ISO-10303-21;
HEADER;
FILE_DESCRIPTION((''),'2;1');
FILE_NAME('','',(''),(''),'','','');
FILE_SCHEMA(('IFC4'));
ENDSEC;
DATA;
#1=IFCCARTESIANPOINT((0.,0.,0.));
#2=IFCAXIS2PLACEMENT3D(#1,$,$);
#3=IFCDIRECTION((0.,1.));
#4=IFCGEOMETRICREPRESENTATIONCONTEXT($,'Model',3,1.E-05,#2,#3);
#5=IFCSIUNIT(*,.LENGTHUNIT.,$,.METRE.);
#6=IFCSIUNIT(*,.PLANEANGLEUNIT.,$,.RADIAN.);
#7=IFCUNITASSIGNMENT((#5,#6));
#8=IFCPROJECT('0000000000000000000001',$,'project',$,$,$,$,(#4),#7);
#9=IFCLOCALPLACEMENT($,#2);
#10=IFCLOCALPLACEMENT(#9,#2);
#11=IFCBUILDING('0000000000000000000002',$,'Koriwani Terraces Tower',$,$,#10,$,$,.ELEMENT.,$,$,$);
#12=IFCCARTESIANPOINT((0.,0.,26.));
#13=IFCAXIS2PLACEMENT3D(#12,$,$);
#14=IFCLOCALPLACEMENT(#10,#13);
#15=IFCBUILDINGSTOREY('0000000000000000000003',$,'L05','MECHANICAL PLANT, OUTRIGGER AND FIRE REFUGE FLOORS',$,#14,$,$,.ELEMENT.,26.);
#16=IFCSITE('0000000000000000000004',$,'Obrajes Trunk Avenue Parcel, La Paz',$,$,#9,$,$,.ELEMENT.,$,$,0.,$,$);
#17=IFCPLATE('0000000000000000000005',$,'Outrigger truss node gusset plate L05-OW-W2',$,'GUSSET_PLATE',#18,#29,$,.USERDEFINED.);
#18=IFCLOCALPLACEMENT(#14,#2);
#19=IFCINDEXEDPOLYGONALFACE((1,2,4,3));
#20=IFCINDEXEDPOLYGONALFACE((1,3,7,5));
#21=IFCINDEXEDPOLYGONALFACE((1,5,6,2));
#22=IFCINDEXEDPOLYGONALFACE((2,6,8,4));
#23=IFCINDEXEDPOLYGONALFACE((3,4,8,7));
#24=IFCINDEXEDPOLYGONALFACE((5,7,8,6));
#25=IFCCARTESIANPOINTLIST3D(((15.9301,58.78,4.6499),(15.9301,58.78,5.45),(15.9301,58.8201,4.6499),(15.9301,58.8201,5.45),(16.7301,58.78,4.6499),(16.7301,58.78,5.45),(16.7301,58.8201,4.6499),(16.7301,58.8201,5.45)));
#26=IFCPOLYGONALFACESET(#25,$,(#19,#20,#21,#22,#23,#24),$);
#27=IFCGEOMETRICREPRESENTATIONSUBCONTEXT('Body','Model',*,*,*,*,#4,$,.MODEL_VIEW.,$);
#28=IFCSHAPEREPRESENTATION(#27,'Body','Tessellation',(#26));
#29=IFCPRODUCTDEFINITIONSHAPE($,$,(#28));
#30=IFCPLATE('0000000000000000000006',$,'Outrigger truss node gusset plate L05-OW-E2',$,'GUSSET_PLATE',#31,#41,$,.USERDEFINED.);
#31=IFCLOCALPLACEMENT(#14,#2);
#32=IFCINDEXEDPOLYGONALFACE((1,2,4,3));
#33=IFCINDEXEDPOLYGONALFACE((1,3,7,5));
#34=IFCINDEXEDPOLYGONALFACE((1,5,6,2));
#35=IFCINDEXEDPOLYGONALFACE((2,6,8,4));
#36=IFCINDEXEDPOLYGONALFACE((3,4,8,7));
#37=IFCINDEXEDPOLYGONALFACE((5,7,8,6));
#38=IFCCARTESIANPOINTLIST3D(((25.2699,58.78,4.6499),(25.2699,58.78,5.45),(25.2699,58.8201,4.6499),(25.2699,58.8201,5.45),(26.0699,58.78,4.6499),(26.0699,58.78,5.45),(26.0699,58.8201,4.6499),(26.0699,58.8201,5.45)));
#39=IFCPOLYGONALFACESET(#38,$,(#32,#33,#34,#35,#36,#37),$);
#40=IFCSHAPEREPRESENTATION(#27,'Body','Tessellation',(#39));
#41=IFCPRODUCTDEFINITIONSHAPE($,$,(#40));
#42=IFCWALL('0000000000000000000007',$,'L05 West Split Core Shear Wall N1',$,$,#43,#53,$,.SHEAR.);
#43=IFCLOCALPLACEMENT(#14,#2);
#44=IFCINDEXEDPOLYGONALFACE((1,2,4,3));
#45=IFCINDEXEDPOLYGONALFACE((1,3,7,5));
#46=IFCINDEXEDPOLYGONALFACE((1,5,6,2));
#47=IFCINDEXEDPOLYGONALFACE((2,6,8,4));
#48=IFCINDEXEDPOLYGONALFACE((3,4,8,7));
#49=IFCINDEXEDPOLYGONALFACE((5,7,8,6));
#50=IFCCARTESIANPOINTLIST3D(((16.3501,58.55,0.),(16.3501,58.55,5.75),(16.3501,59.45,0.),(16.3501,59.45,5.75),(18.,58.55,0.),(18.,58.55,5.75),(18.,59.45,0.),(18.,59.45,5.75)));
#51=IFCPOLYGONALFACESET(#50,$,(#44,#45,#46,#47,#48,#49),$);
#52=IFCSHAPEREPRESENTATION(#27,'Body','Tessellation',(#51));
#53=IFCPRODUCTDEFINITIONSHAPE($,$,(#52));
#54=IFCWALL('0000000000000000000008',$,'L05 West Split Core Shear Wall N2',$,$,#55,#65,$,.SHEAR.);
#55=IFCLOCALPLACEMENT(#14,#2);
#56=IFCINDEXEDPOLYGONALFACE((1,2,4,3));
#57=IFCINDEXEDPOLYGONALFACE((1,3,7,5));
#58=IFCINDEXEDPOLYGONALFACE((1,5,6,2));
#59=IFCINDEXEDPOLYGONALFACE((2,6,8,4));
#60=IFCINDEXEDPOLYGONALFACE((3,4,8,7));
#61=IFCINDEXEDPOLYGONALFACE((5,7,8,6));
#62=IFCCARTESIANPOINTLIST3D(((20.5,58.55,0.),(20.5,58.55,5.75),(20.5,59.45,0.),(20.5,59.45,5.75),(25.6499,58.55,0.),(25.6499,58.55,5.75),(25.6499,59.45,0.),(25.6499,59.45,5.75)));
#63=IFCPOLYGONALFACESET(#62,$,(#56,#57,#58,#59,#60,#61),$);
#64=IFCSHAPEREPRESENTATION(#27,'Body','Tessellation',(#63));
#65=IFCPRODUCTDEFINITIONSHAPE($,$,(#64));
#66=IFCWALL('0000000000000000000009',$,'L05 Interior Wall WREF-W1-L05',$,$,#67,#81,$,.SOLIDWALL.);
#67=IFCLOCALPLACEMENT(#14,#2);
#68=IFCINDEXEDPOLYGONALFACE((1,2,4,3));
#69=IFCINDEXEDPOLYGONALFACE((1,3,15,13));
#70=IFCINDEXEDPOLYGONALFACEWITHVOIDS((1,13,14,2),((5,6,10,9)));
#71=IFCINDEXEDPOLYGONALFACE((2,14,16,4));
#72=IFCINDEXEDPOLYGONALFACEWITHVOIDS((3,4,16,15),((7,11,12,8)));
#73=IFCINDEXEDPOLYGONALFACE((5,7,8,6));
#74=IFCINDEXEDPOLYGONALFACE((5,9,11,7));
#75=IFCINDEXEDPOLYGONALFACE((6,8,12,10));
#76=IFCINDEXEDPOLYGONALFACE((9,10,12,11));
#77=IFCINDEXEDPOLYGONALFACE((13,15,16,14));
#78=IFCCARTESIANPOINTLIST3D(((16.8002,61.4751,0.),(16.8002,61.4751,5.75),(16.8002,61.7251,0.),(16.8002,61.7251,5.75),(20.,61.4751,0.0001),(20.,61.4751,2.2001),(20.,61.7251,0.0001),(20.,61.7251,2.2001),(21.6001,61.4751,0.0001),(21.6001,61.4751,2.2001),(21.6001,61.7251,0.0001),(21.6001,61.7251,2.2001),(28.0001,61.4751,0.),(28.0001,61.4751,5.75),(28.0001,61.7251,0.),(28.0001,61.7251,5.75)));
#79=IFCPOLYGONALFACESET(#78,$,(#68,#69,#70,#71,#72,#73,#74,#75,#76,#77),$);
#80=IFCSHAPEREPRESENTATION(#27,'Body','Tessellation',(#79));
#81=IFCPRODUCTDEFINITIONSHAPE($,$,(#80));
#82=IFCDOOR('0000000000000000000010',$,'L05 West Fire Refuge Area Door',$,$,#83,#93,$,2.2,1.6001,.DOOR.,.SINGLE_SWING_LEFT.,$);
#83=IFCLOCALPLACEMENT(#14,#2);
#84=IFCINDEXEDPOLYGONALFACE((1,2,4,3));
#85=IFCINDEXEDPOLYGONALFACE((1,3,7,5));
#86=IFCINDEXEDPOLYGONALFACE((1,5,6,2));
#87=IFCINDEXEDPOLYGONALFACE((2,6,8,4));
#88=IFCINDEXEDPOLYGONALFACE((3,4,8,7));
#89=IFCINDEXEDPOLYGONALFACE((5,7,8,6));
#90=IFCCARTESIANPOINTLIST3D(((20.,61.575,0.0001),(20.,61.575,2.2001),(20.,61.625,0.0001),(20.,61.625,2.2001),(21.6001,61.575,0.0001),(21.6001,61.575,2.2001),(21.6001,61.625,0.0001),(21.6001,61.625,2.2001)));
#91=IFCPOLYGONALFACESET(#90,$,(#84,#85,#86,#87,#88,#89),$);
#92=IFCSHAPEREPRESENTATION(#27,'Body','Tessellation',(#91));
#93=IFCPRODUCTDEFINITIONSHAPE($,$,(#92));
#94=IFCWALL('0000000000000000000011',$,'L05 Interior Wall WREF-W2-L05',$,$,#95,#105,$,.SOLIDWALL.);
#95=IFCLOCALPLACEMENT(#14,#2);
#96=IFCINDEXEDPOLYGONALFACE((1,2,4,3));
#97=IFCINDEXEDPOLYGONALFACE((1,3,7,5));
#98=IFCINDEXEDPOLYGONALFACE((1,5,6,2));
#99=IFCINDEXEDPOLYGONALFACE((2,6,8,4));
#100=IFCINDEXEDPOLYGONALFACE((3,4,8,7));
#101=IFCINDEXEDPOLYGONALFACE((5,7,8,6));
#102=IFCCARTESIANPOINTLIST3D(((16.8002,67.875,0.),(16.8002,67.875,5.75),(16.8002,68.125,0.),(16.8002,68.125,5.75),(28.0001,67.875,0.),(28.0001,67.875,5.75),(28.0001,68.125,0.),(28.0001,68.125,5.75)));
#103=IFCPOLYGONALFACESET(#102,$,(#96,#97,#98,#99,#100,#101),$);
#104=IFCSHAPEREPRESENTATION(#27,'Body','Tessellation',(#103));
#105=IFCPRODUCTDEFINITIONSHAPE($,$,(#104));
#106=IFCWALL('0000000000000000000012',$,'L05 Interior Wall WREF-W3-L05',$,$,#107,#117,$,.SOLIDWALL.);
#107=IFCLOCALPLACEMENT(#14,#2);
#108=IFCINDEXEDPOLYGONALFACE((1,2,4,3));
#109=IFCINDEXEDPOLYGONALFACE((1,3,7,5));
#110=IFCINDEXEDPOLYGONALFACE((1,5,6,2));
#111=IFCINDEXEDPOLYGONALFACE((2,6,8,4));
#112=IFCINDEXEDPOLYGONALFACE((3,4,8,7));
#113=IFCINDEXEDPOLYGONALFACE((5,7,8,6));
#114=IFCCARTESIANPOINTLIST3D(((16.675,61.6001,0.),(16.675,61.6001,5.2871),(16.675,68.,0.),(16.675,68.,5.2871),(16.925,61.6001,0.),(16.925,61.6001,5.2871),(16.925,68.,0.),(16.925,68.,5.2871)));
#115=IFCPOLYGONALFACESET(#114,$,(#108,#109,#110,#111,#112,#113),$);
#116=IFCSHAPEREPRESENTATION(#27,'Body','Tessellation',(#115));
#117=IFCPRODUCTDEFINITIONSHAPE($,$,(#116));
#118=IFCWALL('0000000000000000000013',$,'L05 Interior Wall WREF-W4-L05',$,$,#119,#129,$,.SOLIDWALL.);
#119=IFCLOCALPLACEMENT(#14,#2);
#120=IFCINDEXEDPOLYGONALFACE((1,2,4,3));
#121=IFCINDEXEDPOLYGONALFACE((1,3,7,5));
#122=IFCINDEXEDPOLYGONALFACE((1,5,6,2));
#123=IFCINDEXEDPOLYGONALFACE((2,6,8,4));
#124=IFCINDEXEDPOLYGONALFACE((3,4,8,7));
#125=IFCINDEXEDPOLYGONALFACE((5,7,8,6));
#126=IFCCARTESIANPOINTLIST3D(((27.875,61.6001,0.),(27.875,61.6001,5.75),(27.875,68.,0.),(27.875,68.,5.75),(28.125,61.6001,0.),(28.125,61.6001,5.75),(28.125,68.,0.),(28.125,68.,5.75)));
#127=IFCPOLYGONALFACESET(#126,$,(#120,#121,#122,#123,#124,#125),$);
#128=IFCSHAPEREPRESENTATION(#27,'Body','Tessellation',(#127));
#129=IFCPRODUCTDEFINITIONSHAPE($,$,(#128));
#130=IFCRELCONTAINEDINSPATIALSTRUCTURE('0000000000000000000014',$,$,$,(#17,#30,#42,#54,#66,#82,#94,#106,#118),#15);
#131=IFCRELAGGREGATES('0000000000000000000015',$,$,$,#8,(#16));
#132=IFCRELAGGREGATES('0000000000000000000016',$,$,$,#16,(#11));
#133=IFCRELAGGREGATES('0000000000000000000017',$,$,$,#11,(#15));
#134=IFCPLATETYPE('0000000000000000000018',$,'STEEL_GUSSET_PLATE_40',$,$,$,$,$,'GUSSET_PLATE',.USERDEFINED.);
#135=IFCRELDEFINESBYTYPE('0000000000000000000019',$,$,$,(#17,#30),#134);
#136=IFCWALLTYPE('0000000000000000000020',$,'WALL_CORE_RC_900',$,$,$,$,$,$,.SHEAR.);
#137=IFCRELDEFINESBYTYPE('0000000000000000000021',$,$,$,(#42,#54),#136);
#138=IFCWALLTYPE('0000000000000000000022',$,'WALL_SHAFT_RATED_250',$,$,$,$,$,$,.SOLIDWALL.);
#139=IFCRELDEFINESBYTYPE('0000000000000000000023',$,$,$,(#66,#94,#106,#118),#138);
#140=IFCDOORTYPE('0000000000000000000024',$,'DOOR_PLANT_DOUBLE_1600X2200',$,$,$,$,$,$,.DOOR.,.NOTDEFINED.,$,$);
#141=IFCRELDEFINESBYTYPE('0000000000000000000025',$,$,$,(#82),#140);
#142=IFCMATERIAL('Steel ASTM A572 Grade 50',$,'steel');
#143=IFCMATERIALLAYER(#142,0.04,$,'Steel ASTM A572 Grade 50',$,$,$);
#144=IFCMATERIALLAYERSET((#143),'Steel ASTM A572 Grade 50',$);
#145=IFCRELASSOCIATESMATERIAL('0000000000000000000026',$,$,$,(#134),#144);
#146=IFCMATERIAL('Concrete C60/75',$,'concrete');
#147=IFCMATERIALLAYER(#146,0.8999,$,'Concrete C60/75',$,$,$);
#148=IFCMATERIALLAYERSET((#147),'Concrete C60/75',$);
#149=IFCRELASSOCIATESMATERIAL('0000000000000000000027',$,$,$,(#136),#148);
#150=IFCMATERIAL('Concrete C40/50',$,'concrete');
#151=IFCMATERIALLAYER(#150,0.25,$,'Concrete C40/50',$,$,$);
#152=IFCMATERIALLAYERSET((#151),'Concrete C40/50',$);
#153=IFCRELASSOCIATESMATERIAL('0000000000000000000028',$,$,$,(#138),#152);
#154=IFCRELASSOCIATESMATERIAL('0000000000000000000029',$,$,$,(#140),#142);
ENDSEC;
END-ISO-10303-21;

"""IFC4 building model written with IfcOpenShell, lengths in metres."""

from ifc_helpers import new_model, si_unit, direction, frame, frame_2d, origin, origin_2d, place, context, subcontext, project, spatial, rectangle, extrude, material, layer, layer_set, type_object, element, fill, save


model = new_model("IFC4")

# Units and contexts
model_context = context("Model", 3, precision=1e-05, world=origin(), true_north=direction((0.0, 1.0)))
body_context = subcontext(model_context, "Body", "Model", "MODEL_VIEW")
ifc_project = project(units=[si_unit("LENGTHUNIT", "METRE"), si_unit("PLANEANGLEUNIT", "RADIAN")], contexts=[model_context])

# Site, building, storey
site_placement = place(None, origin())
site = spatial("IfcSite", under=ifc_project, at=site_placement, Name="Obrajes Trunk Avenue Parcel, La Paz", CompositionType="ELEMENT", RefElevation=0.0)
building_placement = place(site_placement, origin())
building = spatial("IfcBuilding", under=site, at=building_placement, Name="Koriwani Terraces Tower", CompositionType="ELEMENT")
storey_placement = place(building_placement, frame((0.0, 0.0, 26.0)))
storey = spatial("IfcBuildingStorey", under=building, at=storey_placement, Name="L05", Description="MECHANICAL PLANT, OUTRIGGER AND FIRE REFUGE FLOORS", CompositionType="ELEMENT", Elevation=26.0)

# Shared definitions
ifc_material_1 = material(Name="Concrete C60/75", Category="concrete")

# Shared definitions
ifc_material_2 = material(Name="Steel ASTM A572 Grade 50", Category="steel")

# Plates
ifc_layer_1 = layer(ifc_material_2, 0.04, Name="Steel ASTM A572 Grade 50")
ifc_layer_set_1 = layer_set([ifc_layer_1], Name="Steel ASTM A572 Grade 50")
plate_type_1 = type_object("IfcPlateType", Name="STEEL_GUSSET_PLATE_40", ElementType="GUSSET_PLATE", PredefinedType="USERDEFINED", material=ifc_layer_set_1)
for number, where, z_axis, x_axis, name in (
    (1, (16.3301, 58.8, 4.6499), (0.0, 0.0, 1.0), (1.0, 0.0, 0.0), "Outrigger truss node gusset plate L05-OW-W2"),
    (2, (25.6699, 58.8, 4.6499), (0.0, 0.0, 1.0), (-1.0, 0.0, 0.0), "Outrigger truss node gusset plate L05-OW-E2"),
):
    element("IfcPlate", number, at=place(storey_placement, frame(where, z_axis=z_axis, x_axis=x_axis)), inside=storey, type_object=plate_type_1, Name=name, ObjectType="GUSSET_PLATE", PredefinedType="USERDEFINED", context=body_context, shape_type="SweptSolid", body=[
        extrude(rectangle(XDim=0.8, YDim=0.04, at=origin_2d()), origin(), (0.0, 0.0, 1.0), 0.8),
    ])

# Walls
ifc_layer_2 = layer(ifc_material_1, 0.8999, Name="Concrete C60/75")
ifc_layer_set_2 = layer_set([ifc_layer_2], Name="Concrete C60/75")
wall_type_1 = type_object("IfcWallType", Name="WALL_CORE_RC_900", PredefinedType="SHEAR", material=ifc_layer_set_2)
wall_1_placement = place(storey_placement, frame((16.3501, 59.0, 0.0), z_axis=(0.0, 0.0, 1.0), x_axis=(1.0, 0.0, 0.0)))
element("IfcWall", 3, at=wall_1_placement, inside=storey, type_object=wall_type_1, Name="L05 West Split Core Shear Wall N1", PredefinedType="SHEAR", context=body_context, shape_type="SweptSolid", body=[
    extrude(rectangle(XDim=1.6499, YDim=0.8999, at=frame_2d((0.825, 0.0))), origin(), (0.0, 0.0, 1.0), 5.75),
])
wall_2_placement = place(storey_placement, frame((20.5, 59.0, 0.0), z_axis=(0.0, 0.0, 1.0), x_axis=(1.0, 0.0, 0.0)))
element("IfcWall", 4, at=wall_2_placement, inside=storey, type_object=wall_type_1, Name="L05 West Split Core Shear Wall N2", PredefinedType="SHEAR", context=body_context, shape_type="SweptSolid", body=[
    extrude(rectangle(XDim=5.1499, YDim=0.8999, at=frame_2d((2.575, 0.0))), origin(), (0.0, 0.0, 1.0), 5.75),
])

# Wall, opening, door
ifc_material_3 = material(Name="Concrete C40/50", Category="concrete")
ifc_layer_3 = layer(ifc_material_3, 0.25, Name="Concrete C40/50")
ifc_layer_set_3 = layer_set([ifc_layer_3], Name="Concrete C40/50")
wall_type_2 = type_object("IfcWallType", Name="WALL_SHAFT_RATED_250", PredefinedType="SOLIDWALL", material=ifc_layer_set_3)
wall_3_placement = place(storey_placement, frame((16.8, 61.6001, 0.0), z_axis=(0.0, 0.0, 1.0), x_axis=(1.0, 0.0, 0.0)))
wall_3 = element("IfcWall", 5, at=wall_3_placement, inside=storey, type_object=wall_type_2, Name="L05 Interior Wall WREF-W1-L05", PredefinedType="SOLIDWALL", context=body_context, shape_type="SweptSolid", body=[
    extrude(rectangle(XDim=11.2, YDim=0.25, at=frame_2d((5.6001, 0.0))), origin(), (0.0, 0.0, 1.0), 5.75),
])
opening_placement = place(wall_3_placement, frame((3.2, 0.0, 0.0)))
opening = element("IfcOpeningElement", 6, at=opening_placement, cuts=wall_3, PredefinedType="OPENING", context=body_context, shape_type="SweptSolid", body=[
    extrude(rectangle(XDim=1.6001, YDim=2.2, at=frame_2d((0.8, 1.1001))), frame((0.0, 0.135, 0.0), z_axis=(0.0, -1.0, 0.0), x_axis=(1.0, 0.0, 0.0)), (0.0, 0.0, 1.0), 0.27),
])
door_type = type_object("IfcDoorType", Name="DOOR_PLANT_DOUBLE_1600X2200", OperationType="NOTDEFINED", PredefinedType="DOOR", material=ifc_material_2)
door_placement = place(opening_placement, origin())
door = element("IfcDoor", 7, at=door_placement, inside=storey, type_object=door_type, Name="L05 West Fire Refuge Area Door", OperationType="SINGLE_SWING_LEFT", OverallHeight=2.2, OverallWidth=1.6001, PredefinedType="DOOR", context=body_context, shape_type="SweptSolid", body=[
    extrude(rectangle(XDim=1.6001, YDim=2.2, at=frame_2d((0.8, 1.1001))), frame((0.0, 0.0249, 0.0), z_axis=(0.0, -1.0, 0.0), x_axis=(1.0, 0.0, 0.0)), (0.0, 0.0, 1.0), 0.05),
])
fill(opening, door)

# Walls
wall_4_placement = place(storey_placement, frame((16.8, 68.0, 0.0), z_axis=(0.0, 0.0, 1.0), x_axis=(1.0, 0.0, 0.0)))
element("IfcWall", 8, at=wall_4_placement, inside=storey, type_object=wall_type_2, Name="L05 Interior Wall WREF-W2-L05", PredefinedType="SOLIDWALL", context=body_context, shape_type="SweptSolid", body=[
    extrude(rectangle(XDim=11.2, YDim=0.25, at=frame_2d((5.6001, 0.0))), origin(), (0.0, 0.0, 1.0), 5.75),
])
wall_5_placement = place(storey_placement, frame((16.8, 61.6001, 0.0), z_axis=(0.0, 0.0, 1.0), x_axis=(0.0, 1.0, 0.0)))
element("IfcWall", 9, at=wall_5_placement, inside=storey, type_object=wall_type_2, Name="L05 Interior Wall WREF-W3-L05", PredefinedType="SOLIDWALL", context=body_context, shape_type="SweptSolid", body=[
    extrude(rectangle(XDim=6.3999, YDim=0.25, at=frame_2d((3.2, 0.0))), origin(), (0.0, 0.0, 1.0), 5.2871),
])
wall_6_placement = place(storey_placement, frame((28.0, 61.6001, 0.0), z_axis=(0.0, 0.0, 1.0), x_axis=(0.0, 1.0, 0.0)))
element("IfcWall", 10, at=wall_6_placement, inside=storey, type_object=wall_type_2, Name="L05 Interior Wall WREF-W4-L05", PredefinedType="SOLIDWALL", context=body_context, shape_type="SweptSolid", body=[
    extrude(rectangle(XDim=6.3999, YDim=0.25, at=frame_2d((3.2, 0.0))), origin(), (0.0, 0.0, 1.0), 5.75),
])

save(model, "model.ifc")
